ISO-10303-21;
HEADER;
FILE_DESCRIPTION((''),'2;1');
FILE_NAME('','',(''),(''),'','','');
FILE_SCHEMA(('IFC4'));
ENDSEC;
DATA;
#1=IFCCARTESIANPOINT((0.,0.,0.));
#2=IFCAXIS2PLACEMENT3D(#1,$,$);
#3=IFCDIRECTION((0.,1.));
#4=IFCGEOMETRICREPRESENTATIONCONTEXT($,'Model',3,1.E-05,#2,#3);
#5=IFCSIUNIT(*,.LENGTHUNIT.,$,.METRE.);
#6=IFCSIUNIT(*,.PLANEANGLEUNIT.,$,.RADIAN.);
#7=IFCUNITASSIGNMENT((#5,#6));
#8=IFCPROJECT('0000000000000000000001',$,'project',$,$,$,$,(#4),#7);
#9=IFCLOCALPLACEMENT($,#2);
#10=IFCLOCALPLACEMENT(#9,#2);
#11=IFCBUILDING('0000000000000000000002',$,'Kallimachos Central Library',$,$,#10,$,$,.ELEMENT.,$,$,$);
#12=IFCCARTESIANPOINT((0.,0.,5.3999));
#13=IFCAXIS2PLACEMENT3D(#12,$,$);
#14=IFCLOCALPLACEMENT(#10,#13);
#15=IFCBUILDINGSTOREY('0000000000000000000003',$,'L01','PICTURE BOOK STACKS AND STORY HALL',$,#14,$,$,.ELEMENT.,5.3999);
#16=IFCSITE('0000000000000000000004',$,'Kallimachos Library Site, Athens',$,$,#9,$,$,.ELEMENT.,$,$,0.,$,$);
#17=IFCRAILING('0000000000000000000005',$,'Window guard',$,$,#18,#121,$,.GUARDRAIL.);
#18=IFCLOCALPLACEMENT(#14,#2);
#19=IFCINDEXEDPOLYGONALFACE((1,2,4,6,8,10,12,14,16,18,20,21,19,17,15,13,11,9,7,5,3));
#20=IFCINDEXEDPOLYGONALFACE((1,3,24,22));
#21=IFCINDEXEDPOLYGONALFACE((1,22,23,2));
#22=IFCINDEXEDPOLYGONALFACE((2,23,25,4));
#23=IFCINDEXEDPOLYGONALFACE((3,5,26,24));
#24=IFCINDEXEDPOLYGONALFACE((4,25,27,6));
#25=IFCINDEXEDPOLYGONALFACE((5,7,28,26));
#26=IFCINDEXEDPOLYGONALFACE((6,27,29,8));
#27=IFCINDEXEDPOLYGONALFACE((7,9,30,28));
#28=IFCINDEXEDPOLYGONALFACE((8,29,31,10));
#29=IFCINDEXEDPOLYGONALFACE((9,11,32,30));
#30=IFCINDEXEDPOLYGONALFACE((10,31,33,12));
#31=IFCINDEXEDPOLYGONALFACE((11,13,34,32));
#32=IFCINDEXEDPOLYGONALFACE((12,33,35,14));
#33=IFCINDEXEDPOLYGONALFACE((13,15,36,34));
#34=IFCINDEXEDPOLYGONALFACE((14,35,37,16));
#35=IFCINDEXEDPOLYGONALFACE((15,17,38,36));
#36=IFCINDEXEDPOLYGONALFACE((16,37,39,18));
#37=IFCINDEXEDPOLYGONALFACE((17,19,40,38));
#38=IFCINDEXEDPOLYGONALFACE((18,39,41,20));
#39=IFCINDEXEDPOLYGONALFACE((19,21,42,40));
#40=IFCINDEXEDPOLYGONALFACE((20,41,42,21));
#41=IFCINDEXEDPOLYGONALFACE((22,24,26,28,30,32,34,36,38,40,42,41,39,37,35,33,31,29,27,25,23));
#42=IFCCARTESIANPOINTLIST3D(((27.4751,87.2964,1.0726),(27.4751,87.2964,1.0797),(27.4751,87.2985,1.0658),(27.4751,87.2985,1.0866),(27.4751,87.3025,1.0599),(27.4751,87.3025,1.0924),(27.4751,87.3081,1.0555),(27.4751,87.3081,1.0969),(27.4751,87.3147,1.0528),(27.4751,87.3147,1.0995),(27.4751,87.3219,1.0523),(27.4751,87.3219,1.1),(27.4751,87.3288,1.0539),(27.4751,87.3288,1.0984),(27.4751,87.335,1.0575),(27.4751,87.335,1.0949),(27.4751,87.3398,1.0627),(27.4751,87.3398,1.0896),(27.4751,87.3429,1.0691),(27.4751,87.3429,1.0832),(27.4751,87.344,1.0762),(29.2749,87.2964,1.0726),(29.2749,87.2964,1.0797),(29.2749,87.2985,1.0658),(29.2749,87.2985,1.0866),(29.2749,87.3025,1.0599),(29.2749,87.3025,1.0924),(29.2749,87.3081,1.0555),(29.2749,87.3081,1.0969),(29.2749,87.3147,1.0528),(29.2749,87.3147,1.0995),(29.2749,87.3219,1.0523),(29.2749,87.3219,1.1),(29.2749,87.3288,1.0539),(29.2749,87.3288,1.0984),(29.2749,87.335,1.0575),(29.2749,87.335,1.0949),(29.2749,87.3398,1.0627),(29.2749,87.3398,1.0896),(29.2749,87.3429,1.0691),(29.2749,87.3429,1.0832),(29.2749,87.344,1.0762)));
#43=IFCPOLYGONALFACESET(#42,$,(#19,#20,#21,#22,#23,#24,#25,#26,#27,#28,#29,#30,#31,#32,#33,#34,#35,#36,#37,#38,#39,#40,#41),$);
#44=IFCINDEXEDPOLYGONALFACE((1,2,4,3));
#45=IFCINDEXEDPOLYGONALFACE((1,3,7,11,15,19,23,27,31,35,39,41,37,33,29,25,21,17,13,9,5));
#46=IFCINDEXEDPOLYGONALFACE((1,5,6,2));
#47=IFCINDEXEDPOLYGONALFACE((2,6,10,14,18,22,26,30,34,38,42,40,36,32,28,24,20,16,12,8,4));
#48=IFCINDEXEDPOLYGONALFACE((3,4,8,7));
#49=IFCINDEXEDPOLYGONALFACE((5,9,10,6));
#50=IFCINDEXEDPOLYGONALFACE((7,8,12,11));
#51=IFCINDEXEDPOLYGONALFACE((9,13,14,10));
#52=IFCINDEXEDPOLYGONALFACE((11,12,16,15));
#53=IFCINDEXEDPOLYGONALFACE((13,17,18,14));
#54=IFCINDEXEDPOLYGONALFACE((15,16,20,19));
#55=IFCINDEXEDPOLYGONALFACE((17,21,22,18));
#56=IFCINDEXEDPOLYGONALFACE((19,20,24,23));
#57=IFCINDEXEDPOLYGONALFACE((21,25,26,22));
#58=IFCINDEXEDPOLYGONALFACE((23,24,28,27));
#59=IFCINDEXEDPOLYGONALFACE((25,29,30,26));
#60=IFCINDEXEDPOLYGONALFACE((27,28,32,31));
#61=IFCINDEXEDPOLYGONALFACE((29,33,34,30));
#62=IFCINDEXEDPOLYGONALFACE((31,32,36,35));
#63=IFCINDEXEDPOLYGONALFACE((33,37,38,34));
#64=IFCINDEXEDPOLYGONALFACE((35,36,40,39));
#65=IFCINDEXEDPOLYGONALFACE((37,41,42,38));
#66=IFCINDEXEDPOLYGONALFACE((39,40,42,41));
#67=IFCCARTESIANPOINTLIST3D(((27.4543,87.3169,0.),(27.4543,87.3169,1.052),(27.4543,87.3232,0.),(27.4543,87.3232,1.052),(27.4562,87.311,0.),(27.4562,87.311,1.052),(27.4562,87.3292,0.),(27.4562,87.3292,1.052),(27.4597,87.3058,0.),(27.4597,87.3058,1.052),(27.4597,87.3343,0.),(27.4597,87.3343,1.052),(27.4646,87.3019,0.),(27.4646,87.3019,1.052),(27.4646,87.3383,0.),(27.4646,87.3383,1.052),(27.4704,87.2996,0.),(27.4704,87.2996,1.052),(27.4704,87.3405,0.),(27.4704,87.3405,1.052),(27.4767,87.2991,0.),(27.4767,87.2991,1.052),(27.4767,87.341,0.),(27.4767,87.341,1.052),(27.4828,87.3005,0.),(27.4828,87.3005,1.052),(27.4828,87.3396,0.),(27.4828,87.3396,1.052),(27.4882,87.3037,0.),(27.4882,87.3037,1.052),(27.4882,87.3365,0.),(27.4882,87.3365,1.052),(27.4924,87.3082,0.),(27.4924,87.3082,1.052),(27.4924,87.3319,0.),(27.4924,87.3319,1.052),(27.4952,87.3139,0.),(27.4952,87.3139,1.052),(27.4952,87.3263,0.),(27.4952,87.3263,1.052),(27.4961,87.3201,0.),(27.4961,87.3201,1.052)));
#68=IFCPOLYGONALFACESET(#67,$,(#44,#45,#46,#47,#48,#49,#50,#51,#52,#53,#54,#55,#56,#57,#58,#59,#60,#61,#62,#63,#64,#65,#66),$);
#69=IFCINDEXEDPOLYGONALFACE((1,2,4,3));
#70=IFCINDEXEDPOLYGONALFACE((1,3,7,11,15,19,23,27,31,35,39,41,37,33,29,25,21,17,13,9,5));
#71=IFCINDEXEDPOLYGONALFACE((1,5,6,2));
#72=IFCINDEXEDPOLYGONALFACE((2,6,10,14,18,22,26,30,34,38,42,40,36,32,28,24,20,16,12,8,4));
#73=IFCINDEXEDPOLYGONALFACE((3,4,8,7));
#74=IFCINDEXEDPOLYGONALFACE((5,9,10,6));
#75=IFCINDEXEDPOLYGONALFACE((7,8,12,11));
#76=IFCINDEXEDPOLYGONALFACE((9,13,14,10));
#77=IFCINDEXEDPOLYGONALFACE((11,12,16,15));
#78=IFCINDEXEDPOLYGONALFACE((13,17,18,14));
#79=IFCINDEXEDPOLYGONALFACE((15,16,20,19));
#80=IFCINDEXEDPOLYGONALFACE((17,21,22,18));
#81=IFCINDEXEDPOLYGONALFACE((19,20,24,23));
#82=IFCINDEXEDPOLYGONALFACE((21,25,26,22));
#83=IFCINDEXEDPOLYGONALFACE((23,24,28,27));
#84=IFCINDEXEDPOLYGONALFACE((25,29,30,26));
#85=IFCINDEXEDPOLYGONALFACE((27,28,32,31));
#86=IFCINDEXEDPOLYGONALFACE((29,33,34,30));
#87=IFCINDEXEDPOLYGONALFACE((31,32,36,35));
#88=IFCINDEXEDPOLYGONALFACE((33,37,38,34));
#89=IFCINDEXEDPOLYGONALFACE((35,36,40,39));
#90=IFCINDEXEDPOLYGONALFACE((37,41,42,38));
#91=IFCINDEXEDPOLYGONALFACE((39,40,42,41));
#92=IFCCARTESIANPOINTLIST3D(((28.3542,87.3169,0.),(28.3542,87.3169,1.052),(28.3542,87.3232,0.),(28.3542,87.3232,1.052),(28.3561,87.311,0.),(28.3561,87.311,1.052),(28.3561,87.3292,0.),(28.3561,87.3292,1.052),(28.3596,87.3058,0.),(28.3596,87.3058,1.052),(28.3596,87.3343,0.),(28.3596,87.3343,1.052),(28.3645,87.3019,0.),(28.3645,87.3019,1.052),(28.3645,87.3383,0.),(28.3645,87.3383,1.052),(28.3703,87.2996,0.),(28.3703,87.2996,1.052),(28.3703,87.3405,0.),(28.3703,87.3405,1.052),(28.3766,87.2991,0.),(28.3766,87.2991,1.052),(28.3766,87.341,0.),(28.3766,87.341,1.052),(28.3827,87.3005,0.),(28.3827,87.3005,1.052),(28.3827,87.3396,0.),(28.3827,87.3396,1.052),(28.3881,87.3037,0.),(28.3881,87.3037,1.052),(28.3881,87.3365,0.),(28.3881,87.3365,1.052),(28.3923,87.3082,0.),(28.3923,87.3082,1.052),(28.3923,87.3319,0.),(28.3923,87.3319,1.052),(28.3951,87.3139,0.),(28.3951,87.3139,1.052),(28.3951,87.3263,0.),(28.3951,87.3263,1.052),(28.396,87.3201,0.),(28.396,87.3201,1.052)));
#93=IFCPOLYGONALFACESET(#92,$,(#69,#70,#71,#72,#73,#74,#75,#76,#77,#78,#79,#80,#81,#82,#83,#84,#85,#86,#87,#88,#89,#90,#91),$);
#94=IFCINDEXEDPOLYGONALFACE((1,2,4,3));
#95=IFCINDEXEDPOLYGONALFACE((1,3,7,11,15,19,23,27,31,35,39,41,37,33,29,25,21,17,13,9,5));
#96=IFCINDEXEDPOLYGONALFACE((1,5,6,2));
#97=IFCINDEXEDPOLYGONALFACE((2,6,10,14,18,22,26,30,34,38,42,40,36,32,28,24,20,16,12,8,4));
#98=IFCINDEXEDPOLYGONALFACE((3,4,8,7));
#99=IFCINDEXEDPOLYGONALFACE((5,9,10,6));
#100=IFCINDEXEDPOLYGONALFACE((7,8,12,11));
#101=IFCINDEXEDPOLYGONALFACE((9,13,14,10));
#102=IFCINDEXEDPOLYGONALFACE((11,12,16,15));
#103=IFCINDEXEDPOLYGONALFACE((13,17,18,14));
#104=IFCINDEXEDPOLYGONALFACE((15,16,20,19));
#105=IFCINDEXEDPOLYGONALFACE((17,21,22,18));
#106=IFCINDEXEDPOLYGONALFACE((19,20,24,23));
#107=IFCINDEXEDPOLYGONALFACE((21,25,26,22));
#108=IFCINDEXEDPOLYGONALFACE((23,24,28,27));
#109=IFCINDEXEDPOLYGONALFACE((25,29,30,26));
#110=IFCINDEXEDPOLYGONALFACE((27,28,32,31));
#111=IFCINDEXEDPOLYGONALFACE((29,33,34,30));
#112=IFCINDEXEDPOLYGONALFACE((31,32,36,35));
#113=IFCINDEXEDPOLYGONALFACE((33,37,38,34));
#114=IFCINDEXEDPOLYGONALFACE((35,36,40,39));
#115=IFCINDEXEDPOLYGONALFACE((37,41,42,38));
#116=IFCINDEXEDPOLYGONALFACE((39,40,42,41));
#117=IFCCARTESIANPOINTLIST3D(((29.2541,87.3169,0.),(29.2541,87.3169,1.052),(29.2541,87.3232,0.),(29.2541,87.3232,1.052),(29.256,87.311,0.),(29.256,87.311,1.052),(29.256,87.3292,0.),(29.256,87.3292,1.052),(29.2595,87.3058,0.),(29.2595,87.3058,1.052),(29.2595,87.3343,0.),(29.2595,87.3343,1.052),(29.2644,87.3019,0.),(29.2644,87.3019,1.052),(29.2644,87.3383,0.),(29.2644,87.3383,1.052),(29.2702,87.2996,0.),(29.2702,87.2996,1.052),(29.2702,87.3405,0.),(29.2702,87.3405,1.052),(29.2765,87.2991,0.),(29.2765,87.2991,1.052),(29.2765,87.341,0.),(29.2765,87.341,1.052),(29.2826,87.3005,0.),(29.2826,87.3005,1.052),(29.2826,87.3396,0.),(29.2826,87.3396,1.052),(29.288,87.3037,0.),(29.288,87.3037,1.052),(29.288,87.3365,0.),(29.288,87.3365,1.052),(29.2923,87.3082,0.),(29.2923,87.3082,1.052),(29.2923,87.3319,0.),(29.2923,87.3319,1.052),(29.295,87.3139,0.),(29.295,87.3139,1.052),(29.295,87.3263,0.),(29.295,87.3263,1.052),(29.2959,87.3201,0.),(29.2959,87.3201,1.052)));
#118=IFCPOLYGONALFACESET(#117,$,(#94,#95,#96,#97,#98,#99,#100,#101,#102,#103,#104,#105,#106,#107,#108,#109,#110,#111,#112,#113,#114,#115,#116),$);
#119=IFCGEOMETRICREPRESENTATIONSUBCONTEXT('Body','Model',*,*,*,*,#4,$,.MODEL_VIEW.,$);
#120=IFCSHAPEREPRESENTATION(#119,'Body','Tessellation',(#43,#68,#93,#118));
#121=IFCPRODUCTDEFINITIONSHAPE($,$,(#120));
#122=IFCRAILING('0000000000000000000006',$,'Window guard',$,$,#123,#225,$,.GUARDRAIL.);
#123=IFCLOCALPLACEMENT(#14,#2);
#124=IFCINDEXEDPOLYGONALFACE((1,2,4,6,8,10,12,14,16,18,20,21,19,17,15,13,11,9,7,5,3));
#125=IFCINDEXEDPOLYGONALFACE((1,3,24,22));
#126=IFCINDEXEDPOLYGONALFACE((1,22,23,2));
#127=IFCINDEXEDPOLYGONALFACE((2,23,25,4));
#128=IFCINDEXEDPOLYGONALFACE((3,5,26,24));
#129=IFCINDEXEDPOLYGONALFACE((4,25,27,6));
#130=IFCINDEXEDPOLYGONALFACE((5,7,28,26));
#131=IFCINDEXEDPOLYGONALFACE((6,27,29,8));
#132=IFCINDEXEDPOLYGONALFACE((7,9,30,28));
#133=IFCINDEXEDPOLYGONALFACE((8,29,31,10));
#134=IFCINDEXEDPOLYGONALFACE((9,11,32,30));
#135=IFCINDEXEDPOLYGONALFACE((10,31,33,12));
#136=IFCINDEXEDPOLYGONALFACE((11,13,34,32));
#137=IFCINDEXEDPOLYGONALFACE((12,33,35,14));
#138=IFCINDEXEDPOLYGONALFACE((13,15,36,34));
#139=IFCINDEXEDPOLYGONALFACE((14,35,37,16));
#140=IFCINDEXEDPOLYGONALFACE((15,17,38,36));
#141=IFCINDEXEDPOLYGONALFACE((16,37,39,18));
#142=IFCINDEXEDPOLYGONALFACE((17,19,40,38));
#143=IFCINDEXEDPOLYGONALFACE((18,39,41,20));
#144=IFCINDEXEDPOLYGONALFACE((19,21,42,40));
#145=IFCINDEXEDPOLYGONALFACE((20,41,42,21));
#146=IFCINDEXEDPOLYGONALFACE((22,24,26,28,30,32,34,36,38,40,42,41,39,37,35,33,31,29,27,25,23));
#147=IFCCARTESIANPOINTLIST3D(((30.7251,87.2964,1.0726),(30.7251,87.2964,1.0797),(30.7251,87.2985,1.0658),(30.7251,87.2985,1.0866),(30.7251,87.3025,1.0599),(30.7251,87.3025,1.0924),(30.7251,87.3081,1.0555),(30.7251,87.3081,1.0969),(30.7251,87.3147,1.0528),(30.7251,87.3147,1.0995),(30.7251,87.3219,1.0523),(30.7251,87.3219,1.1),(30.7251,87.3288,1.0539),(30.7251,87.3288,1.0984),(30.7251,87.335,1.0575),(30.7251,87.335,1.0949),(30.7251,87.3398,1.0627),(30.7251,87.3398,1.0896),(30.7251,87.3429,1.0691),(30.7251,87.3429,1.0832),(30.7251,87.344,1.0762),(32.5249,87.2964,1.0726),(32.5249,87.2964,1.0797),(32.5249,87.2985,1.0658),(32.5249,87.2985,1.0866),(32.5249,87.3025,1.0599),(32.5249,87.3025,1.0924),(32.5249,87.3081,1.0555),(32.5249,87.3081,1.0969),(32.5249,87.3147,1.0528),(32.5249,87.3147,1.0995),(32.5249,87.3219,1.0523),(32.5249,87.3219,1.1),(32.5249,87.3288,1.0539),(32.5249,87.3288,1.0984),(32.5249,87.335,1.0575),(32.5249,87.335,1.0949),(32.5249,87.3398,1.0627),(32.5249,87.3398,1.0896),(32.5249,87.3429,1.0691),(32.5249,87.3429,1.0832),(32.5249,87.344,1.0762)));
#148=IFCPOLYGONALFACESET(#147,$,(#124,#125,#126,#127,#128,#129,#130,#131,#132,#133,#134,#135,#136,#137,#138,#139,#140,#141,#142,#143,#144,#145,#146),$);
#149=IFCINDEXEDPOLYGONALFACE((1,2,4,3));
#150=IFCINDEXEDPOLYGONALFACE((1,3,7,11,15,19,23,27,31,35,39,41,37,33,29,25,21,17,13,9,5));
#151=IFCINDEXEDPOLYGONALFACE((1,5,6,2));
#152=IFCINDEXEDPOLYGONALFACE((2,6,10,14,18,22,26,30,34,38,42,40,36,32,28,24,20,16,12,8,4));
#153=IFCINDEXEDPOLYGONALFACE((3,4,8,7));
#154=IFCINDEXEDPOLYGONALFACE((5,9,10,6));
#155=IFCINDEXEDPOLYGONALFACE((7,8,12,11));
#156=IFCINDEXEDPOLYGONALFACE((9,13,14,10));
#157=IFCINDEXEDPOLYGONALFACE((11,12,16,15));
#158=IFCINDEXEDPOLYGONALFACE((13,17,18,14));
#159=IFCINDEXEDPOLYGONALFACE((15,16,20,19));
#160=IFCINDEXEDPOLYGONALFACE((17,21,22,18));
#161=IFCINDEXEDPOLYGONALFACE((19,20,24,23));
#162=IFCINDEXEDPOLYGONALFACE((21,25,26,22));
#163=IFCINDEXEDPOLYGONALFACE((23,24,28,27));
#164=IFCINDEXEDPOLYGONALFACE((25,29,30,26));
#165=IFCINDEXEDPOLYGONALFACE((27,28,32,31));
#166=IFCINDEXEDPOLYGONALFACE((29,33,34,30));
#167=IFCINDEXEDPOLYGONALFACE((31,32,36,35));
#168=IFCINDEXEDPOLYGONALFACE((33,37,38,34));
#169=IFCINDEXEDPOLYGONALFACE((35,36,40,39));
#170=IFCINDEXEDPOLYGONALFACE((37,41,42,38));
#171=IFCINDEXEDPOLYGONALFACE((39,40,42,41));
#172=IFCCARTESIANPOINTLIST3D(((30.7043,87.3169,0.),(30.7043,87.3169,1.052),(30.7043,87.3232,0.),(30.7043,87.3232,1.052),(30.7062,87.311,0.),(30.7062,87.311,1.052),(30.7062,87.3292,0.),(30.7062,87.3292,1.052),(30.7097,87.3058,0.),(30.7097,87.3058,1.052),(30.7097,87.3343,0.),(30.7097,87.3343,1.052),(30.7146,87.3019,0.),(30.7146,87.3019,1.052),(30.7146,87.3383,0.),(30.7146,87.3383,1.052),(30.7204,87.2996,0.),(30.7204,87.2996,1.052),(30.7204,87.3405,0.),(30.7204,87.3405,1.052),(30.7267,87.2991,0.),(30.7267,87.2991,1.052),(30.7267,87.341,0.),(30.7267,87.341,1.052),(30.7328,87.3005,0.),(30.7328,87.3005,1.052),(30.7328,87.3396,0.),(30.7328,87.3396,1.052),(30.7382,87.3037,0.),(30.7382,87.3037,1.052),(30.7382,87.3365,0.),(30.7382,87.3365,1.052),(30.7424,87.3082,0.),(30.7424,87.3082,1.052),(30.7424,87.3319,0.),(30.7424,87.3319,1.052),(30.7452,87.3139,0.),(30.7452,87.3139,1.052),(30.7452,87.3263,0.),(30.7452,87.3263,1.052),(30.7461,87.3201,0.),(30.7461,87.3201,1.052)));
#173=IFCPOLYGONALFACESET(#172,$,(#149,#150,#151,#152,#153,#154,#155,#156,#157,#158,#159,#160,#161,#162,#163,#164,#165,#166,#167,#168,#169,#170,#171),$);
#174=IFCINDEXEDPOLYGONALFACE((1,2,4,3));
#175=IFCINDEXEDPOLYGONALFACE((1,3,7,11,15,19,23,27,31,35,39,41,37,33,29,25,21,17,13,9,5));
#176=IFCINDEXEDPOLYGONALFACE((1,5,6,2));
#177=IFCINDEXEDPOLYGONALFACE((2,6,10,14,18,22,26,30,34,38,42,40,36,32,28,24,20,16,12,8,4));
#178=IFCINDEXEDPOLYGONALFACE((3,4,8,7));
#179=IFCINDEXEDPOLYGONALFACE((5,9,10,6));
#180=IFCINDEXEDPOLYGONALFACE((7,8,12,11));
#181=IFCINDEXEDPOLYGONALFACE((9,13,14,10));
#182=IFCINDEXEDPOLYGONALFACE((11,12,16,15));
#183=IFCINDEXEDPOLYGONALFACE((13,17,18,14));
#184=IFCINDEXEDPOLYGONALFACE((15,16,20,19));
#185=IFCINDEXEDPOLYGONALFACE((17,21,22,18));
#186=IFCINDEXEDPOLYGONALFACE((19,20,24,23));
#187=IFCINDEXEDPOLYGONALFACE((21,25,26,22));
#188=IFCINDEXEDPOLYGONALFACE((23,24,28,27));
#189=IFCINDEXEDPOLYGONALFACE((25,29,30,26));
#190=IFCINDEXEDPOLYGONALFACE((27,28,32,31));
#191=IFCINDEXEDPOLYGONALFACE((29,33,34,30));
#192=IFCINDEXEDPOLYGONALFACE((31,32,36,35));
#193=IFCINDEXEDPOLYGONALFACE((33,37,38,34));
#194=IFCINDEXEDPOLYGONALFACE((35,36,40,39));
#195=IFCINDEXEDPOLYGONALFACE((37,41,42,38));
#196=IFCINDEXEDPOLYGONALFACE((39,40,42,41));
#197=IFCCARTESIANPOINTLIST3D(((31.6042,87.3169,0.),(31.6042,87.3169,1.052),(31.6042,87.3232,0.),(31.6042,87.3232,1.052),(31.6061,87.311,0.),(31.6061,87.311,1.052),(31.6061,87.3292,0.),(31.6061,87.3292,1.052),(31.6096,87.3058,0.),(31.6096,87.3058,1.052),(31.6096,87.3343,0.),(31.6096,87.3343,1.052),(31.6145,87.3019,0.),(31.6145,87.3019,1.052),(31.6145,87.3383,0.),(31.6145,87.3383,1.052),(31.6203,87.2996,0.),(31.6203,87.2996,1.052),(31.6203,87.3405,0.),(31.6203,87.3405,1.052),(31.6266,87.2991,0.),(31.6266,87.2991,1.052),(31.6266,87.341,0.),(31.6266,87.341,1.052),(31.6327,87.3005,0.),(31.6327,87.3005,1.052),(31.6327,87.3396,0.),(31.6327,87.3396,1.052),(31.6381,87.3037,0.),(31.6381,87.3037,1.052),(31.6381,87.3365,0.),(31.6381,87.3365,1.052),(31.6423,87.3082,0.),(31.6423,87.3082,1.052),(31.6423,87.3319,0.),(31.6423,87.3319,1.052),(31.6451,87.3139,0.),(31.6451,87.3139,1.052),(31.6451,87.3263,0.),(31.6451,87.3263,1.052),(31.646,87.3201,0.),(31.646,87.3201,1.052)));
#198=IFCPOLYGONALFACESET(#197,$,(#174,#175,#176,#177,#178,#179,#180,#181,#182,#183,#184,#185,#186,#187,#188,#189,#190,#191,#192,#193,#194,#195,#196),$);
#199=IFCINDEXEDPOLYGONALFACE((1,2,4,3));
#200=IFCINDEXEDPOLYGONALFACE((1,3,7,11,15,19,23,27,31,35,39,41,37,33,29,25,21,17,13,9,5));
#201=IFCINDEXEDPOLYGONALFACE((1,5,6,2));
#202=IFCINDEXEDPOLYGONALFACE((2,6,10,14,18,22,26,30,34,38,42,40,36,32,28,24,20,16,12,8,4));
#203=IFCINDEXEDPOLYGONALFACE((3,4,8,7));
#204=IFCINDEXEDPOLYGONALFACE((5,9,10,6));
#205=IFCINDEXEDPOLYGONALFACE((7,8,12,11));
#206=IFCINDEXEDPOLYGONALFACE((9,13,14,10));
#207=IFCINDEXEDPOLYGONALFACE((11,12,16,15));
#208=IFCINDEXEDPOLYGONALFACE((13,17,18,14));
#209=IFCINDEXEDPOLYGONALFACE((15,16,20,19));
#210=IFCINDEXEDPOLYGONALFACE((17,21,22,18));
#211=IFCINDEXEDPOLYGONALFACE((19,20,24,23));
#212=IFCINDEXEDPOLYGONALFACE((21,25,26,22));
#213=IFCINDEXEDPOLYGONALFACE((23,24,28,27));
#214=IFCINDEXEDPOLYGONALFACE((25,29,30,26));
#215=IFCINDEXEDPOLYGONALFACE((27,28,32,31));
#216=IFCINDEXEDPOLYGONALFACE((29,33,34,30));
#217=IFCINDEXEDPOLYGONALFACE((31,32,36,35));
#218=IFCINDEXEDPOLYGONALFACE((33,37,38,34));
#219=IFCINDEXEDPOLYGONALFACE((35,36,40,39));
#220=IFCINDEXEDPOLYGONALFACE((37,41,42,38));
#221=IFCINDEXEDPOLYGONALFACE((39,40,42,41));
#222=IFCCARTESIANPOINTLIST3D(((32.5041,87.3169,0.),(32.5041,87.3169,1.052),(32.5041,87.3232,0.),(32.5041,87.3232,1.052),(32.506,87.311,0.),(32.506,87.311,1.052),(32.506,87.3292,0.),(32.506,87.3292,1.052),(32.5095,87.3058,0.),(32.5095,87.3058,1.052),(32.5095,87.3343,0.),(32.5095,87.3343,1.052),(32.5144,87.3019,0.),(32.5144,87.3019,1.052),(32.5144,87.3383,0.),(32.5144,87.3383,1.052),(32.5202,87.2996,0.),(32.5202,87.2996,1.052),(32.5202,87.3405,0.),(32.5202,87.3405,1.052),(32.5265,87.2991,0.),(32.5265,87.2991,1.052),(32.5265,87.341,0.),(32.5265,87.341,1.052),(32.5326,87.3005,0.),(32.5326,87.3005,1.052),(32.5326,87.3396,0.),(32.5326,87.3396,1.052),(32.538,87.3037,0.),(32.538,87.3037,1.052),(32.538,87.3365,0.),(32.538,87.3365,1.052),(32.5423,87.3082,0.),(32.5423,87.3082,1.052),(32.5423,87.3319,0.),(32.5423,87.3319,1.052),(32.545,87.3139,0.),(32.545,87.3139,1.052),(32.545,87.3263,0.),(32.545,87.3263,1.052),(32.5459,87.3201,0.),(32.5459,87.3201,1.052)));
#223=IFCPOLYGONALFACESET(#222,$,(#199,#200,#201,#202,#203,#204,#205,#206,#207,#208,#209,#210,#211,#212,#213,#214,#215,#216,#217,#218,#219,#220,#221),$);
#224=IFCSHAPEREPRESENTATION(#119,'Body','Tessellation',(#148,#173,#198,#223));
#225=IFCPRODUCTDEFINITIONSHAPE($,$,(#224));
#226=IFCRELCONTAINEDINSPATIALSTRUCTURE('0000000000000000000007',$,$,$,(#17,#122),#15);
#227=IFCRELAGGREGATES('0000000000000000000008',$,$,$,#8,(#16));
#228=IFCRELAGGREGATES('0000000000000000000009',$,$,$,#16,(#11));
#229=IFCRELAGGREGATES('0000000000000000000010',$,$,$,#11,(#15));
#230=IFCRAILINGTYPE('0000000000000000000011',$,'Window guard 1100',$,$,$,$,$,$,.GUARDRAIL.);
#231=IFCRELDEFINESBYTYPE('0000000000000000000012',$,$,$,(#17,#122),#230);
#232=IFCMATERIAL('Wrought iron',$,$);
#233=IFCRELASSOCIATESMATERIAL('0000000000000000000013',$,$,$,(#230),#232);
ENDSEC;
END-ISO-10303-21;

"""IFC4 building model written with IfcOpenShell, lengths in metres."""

from ifc_helpers import new_model, si_unit, direction, frame, origin, origin_2d, place, context, subcontext, project, spatial, circle, extrude, material, type_object, element, save


model = new_model("IFC4")

# Units and contexts
model_context = context("Model", 3, precision=1e-05, world=origin(), true_north=direction((0.0, 1.0)))
body_context = subcontext(model_context, "Body", "Model", "MODEL_VIEW")
ifc_project = project(units=[si_unit("LENGTHUNIT", "METRE"), si_unit("PLANEANGLEUNIT", "RADIAN")], contexts=[model_context])

# Site, building, storey
site_placement = place(None, origin())
site = spatial("IfcSite", under=ifc_project, at=site_placement, Name="Kallimachos Library Site, Athens", CompositionType="ELEMENT", RefElevation=0.0)
building_placement = place(site_placement, origin())
building = spatial("IfcBuilding", under=site, at=building_placement, Name="Kallimachos Central Library", CompositionType="ELEMENT")
storey_placement = place(building_placement, frame((0.0, 0.0, 5.3999)))
storey = spatial("IfcBuildingStorey", under=building, at=storey_placement, Name="L01", Description="PICTURE BOOK STACKS AND STORY HALL", CompositionType="ELEMENT", Elevation=5.3999)

# Railings
ifc_material_1 = material(Name="Wrought iron")
railing_type = type_object("IfcRailingType", Name="Window guard 1100", PredefinedType="GUARDRAIL", material=ifc_material_1)
for number, where, name in (
    (1, (27.4751, 87.3201, 0.0), "Window guard"),
    (2, (30.7251, 87.3201, 0.0), "Window guard"),
):
    element("IfcRailing", number, at=place(storey_placement, frame(where)), inside=storey, type_object=railing_type, Name=name, PredefinedType="GUARDRAIL", context=body_context, shape_type="SweptSolid", body=[
        extrude(circle(Radius=0.0239, at=origin_2d()), frame((0.0, 0.0, 1.0762), z_axis=(1.0, 0.0, 0.0), x_axis=(0.0, 1.0, 0.0)), (0.0, 0.0, 1.0), 1.7998),
        extrude(circle(Radius=0.021, at=origin_2d()), origin(), (0.0, 0.0, 1.0), 1.052),
        extrude(circle(Radius=0.021, at=origin_2d()), frame((0.8999, 0.0, 0.0)), (0.0, 0.0, 1.0), 1.052),
        extrude(circle(Radius=0.021, at=origin_2d()), frame((1.7998, 0.0, 0.0)), (0.0, 0.0, 1.0), 1.052),
    ])

save(model, "model.ifc")
